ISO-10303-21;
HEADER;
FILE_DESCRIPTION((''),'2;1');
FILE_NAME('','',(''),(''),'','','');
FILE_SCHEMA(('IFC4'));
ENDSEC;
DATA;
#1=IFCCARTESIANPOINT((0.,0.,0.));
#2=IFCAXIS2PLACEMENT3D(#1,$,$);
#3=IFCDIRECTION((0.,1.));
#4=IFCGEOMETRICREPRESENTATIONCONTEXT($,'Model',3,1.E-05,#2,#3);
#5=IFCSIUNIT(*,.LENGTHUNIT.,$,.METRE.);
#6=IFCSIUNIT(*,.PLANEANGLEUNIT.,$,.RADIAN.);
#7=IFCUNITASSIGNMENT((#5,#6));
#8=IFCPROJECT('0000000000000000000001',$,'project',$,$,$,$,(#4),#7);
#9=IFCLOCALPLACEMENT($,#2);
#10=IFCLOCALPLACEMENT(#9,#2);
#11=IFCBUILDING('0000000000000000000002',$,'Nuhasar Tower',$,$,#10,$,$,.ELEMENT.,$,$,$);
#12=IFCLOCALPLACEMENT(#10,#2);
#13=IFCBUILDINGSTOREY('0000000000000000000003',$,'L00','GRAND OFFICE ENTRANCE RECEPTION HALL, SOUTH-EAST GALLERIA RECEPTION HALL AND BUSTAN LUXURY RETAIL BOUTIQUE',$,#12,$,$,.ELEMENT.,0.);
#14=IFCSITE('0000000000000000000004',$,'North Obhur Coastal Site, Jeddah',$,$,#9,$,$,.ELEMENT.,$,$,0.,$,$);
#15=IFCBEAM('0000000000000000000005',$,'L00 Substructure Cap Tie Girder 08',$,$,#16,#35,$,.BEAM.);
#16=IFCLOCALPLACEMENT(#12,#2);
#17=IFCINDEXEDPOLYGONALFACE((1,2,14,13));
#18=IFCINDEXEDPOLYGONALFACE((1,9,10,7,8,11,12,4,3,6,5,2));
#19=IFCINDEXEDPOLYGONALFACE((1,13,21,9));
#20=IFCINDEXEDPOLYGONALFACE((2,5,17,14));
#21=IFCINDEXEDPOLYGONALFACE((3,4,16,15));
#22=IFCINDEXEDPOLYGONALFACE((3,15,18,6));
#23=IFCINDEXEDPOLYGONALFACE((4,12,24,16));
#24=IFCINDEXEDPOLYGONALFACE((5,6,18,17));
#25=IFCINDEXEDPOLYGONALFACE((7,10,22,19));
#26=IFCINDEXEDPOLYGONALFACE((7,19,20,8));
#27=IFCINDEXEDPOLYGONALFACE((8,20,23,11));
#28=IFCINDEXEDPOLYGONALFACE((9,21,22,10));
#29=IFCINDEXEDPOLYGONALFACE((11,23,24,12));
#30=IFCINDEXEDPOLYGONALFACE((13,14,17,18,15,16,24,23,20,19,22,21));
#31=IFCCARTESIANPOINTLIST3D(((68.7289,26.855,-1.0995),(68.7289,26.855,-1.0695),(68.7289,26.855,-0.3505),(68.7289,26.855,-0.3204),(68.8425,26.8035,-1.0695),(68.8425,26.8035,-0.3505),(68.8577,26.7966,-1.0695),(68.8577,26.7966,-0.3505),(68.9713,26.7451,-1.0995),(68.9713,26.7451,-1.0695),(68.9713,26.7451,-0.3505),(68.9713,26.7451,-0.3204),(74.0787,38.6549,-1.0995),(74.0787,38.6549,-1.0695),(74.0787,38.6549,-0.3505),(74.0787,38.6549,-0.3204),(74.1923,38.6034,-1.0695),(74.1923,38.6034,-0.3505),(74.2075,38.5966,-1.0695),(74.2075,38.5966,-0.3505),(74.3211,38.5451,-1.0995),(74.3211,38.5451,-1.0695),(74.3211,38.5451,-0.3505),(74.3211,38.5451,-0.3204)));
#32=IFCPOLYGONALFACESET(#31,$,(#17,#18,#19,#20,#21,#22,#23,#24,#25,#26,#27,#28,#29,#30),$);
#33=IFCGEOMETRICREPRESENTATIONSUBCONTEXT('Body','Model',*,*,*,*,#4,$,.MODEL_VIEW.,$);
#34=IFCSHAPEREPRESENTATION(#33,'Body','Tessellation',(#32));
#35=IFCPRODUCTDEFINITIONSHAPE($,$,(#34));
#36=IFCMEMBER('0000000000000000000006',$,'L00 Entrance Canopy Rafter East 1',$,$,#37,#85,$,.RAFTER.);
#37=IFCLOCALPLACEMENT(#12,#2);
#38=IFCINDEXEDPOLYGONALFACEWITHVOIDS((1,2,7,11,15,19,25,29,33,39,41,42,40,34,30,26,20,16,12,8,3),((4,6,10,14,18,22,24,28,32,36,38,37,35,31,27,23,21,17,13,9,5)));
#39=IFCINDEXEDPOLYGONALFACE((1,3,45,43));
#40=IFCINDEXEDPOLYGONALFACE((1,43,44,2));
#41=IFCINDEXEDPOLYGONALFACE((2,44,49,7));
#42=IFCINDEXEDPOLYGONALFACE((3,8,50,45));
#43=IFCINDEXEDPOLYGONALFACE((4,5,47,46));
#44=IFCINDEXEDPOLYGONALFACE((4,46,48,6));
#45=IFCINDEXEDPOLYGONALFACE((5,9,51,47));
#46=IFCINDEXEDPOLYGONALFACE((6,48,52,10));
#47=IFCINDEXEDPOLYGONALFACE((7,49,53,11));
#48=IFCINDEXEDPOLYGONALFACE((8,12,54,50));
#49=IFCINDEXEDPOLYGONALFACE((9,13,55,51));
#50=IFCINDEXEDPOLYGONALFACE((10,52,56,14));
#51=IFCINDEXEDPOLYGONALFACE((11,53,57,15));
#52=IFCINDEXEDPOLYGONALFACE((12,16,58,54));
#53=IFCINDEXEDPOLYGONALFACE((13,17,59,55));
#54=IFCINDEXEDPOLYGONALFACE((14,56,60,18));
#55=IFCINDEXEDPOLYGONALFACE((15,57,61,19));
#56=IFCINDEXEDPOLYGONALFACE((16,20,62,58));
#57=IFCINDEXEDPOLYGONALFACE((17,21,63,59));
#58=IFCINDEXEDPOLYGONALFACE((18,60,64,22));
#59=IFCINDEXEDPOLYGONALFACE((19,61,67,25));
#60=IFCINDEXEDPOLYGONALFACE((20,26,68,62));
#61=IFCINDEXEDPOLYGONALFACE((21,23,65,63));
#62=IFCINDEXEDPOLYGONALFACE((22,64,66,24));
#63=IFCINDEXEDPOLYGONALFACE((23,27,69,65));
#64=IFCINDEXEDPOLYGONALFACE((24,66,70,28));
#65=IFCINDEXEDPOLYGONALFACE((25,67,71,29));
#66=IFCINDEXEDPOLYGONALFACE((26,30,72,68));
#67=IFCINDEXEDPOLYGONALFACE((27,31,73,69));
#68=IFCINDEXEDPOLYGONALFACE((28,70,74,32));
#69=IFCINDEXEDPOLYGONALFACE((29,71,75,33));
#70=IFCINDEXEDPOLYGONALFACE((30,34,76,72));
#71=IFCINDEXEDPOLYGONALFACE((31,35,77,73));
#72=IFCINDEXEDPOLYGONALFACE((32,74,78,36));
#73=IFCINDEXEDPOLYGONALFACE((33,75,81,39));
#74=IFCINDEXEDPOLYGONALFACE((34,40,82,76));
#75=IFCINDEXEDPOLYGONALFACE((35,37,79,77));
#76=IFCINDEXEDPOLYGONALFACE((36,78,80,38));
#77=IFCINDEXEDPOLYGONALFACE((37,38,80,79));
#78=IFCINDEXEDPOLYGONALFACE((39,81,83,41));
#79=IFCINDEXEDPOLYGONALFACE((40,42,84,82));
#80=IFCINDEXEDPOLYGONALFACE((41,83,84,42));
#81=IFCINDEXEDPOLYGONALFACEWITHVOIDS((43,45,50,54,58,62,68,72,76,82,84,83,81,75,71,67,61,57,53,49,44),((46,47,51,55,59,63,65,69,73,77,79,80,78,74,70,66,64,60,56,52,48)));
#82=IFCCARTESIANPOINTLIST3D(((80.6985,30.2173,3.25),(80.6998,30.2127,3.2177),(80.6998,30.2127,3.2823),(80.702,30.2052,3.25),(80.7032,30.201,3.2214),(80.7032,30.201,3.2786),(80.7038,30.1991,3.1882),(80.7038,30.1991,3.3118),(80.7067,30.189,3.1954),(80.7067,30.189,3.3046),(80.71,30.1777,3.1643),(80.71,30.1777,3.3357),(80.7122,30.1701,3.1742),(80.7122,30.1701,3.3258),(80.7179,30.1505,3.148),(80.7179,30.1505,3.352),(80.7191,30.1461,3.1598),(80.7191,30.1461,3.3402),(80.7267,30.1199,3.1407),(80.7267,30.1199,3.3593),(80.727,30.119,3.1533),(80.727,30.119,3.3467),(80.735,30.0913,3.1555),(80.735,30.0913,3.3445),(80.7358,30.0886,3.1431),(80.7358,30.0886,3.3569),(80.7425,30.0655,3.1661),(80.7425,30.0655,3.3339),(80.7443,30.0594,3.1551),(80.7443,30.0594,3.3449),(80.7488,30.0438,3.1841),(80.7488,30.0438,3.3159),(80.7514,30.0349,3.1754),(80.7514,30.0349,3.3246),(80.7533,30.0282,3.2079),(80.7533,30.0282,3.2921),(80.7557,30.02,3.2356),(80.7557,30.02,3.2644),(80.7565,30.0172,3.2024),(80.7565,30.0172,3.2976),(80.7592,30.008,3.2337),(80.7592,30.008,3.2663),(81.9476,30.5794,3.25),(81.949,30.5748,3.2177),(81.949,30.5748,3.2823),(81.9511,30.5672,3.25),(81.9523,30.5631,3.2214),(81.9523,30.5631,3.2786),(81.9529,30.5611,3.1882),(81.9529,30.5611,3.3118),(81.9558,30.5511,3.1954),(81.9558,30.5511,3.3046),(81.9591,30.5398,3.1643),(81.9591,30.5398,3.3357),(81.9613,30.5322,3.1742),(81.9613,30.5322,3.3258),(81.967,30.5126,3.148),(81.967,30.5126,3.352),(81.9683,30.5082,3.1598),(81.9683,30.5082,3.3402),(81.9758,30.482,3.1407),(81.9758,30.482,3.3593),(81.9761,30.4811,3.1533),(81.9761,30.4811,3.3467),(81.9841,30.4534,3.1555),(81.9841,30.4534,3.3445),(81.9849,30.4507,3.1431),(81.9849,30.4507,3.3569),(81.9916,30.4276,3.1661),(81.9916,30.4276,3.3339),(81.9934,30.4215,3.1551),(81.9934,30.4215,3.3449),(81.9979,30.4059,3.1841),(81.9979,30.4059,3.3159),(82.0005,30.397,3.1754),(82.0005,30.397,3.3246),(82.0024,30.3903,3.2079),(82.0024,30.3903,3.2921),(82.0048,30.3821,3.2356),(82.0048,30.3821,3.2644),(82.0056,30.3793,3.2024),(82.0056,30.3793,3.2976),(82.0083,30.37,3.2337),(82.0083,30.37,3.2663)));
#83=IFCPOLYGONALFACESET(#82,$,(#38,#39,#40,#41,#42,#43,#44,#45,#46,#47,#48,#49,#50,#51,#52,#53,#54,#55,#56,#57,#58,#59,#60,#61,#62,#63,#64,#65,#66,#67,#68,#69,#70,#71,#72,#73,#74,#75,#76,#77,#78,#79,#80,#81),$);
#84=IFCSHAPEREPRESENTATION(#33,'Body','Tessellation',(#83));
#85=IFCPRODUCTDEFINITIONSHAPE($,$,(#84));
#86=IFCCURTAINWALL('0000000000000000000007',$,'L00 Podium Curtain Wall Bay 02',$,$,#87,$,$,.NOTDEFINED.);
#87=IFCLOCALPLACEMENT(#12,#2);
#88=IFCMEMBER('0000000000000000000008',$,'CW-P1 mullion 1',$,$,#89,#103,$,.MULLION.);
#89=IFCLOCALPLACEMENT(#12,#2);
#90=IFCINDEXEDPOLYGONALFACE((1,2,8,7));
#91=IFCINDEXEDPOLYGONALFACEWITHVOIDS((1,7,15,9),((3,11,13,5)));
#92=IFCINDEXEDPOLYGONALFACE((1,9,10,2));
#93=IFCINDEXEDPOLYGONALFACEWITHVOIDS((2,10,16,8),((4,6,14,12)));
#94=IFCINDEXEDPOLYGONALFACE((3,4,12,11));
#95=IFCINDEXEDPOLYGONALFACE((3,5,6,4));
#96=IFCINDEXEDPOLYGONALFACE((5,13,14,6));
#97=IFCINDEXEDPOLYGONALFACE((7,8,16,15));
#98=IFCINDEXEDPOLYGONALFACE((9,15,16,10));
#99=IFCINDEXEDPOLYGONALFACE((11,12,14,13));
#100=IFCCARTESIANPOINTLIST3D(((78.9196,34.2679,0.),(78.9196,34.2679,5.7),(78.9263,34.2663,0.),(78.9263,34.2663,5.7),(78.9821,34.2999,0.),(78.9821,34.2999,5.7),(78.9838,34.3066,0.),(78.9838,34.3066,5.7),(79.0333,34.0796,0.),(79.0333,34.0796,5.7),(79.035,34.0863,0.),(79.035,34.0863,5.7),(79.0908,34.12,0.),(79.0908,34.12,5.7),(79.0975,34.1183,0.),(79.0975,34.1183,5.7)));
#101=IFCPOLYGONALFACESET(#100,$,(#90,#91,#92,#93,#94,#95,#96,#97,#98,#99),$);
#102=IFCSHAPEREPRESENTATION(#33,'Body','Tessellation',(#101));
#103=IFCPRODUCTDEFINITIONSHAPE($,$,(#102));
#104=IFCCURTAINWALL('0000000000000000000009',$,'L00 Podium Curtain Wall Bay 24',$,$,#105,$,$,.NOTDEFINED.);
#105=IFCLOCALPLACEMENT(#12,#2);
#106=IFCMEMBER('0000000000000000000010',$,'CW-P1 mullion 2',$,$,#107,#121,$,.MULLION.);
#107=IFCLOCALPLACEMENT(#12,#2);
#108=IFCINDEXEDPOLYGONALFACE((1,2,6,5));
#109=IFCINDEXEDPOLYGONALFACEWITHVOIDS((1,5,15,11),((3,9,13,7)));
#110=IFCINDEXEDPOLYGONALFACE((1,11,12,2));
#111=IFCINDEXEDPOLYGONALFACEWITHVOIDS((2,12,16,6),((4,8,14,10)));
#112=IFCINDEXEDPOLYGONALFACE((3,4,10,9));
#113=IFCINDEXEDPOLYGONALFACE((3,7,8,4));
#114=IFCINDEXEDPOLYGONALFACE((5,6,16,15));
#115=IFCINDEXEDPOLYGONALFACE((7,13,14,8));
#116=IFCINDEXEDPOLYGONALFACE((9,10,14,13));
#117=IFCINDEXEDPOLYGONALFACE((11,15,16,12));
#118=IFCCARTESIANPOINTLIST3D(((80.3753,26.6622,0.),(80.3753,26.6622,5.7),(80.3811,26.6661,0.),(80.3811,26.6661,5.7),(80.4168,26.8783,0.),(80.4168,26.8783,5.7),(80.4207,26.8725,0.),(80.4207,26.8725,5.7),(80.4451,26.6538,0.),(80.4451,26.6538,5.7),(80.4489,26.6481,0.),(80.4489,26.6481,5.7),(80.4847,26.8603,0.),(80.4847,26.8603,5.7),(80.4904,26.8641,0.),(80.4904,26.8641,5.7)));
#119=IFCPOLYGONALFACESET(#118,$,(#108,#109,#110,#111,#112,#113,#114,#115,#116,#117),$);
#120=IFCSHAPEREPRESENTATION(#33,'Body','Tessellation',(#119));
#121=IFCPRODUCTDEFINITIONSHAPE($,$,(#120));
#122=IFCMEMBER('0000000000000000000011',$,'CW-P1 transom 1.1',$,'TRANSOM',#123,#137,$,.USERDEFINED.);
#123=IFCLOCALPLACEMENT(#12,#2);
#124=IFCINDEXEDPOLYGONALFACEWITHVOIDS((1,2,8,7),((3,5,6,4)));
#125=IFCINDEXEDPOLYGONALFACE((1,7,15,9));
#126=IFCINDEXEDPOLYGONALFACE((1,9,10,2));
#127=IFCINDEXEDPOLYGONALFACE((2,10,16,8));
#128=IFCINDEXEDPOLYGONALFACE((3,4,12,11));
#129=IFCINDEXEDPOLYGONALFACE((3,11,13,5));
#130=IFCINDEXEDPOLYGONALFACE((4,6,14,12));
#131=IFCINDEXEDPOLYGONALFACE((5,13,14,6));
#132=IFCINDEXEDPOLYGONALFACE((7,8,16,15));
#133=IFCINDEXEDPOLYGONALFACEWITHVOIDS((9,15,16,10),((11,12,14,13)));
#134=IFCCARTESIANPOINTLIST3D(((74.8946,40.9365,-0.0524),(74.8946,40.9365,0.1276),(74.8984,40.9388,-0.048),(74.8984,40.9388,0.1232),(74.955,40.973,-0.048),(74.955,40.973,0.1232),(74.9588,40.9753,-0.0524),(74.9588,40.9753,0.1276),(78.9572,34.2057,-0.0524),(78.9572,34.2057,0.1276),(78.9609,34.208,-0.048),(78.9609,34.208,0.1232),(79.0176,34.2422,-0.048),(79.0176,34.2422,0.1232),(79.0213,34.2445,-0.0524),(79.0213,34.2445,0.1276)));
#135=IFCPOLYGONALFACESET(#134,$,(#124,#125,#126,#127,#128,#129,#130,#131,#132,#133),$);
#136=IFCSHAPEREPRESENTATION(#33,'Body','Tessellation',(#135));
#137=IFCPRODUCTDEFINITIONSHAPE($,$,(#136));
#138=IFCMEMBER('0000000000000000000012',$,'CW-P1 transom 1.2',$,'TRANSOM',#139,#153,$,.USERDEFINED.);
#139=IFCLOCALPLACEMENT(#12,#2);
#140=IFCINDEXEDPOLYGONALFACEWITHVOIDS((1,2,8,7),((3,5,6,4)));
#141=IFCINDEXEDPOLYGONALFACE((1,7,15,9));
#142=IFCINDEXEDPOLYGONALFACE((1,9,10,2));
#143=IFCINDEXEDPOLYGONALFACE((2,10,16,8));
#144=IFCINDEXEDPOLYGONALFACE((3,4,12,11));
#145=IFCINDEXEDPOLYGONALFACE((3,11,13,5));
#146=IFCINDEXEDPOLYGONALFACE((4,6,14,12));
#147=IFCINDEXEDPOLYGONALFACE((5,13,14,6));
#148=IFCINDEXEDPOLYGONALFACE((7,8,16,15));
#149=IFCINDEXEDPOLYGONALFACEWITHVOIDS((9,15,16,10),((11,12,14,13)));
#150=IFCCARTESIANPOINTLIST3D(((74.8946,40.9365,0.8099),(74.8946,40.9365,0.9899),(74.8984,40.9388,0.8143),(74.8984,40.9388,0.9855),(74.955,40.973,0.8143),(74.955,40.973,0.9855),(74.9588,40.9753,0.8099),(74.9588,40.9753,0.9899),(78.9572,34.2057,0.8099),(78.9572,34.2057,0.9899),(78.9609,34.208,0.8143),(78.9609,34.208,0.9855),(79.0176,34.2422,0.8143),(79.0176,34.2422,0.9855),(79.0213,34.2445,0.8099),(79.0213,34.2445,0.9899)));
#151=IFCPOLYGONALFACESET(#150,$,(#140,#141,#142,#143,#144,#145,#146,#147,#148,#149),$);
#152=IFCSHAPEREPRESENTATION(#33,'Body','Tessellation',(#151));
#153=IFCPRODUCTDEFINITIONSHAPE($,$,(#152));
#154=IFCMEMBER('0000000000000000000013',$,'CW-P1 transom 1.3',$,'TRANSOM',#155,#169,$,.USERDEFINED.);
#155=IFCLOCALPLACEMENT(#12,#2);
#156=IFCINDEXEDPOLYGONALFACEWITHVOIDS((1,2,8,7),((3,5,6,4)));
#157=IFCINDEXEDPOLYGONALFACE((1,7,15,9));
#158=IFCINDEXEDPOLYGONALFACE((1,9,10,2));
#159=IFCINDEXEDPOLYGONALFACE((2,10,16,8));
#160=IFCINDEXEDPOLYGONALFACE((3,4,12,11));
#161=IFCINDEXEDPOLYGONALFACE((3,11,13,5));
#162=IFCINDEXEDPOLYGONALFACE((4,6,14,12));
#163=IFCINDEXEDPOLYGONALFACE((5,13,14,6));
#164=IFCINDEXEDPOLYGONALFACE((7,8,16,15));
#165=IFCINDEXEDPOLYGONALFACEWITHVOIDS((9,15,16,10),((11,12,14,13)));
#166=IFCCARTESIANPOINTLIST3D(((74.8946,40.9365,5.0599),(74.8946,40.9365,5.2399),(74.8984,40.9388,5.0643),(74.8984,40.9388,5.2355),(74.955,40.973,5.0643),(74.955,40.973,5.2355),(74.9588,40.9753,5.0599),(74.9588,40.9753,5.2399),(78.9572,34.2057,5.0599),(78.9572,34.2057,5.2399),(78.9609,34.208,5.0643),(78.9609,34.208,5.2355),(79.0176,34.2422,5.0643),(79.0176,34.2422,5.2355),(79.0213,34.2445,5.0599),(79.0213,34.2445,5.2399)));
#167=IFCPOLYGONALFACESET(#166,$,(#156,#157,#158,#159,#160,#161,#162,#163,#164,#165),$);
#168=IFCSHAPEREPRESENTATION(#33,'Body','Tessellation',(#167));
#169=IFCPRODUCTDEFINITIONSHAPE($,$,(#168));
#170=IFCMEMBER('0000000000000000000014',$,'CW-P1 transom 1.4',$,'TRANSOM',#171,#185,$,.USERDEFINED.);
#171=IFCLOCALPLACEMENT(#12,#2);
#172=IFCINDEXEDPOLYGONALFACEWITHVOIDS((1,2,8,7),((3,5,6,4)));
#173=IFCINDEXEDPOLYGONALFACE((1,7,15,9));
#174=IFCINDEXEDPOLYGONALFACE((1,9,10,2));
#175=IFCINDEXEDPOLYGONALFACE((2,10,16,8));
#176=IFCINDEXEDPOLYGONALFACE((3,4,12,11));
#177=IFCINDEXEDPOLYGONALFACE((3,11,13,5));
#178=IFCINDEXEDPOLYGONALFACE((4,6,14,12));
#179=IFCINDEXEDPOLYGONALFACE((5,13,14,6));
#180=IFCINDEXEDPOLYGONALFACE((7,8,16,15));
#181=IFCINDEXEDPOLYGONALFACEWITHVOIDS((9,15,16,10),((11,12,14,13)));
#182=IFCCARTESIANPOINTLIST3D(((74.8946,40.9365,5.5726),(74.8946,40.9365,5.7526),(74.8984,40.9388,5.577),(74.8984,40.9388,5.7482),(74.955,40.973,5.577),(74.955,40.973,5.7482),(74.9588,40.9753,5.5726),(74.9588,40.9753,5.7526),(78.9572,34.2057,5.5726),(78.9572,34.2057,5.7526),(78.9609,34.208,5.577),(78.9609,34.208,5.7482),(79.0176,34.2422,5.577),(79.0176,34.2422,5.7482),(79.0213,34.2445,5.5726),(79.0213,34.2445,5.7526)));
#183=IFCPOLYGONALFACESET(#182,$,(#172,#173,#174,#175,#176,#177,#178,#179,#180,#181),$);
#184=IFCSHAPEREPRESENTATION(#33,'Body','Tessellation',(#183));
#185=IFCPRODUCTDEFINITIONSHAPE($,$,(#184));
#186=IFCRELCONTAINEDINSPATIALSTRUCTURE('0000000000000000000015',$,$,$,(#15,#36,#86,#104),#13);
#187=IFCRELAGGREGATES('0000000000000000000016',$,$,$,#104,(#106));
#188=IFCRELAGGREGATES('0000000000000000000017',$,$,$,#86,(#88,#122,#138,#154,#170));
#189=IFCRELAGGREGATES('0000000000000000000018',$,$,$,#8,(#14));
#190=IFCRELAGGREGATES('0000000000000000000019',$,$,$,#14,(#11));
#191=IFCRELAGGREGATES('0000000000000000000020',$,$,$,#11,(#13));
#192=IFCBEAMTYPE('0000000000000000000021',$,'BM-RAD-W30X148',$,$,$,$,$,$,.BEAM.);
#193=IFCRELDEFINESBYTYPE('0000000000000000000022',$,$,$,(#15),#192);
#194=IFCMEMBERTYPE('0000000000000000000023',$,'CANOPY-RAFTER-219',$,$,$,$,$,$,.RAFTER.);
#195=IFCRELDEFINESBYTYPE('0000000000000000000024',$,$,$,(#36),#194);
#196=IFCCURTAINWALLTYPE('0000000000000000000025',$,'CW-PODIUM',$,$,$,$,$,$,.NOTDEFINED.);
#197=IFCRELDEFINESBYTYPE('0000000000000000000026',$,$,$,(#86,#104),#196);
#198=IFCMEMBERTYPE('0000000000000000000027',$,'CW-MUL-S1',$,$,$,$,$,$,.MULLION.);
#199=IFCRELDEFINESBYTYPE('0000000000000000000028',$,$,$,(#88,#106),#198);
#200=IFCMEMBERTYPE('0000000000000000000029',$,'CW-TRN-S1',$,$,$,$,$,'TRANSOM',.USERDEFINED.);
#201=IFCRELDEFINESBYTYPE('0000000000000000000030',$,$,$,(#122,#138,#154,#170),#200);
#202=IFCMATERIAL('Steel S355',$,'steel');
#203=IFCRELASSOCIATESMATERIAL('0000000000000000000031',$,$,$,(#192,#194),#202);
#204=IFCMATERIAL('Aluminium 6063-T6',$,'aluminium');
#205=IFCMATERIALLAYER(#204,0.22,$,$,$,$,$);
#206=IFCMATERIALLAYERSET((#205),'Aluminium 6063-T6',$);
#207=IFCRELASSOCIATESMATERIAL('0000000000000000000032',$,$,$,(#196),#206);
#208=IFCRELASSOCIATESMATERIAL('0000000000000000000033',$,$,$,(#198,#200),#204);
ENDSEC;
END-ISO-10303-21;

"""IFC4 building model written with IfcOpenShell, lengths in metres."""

from ifc_helpers import new_model, si_unit, direction, frame, origin, origin_2d, place, context, subcontext, project, spatial, hollow_rectangle, hollow_circle, i_section, extrude, material, layer, layer_set, material_profile, profile_set, type_object, element, aggregate, save


model = new_model("IFC4")

# Units and contexts
model_context = context("Model", 3, precision=1e-05, world=origin(), true_north=direction((0.0, 1.0)))
body_context = subcontext(model_context, "Body", "Model", "MODEL_VIEW")
ifc_project = project(units=[si_unit("LENGTHUNIT", "METRE"), si_unit("PLANEANGLEUNIT", "RADIAN")], contexts=[model_context])

# Site, building, storey
site_placement = place(None, origin())
site = spatial("IfcSite", under=ifc_project, at=site_placement, Name="North Obhur Coastal Site, Jeddah", CompositionType="ELEMENT", RefElevation=0.0)
building_placement = place(site_placement, origin())
building = spatial("IfcBuilding", under=site, at=building_placement, Name="Nuhasar Tower", CompositionType="ELEMENT")
storey_placement = place(building_placement, origin())
storey = spatial("IfcBuildingStorey", under=building, at=storey_placement, Name="L00", Description="GRAND OFFICE ENTRANCE RECEPTION HALL, SOUTH-EAST GALLERIA RECEPTION HALL AND BUSTAN LUXURY RETAIL BOUTIQUE", CompositionType="ELEMENT", Elevation=0.0)

# Beam
ifc_material_1 = material(Name="Steel S355", Category="steel")
ifc_material_profile_1 = material_profile(ifc_material_1, i_section(OverallWidth=0.2661, OverallDepth=0.7791, WebThickness=0.0166, FlangeThickness=0.03, at=origin_2d()), Name="W30X148")
ifc_profile_set_1 = profile_set([ifc_material_profile_1], Name="Steel S355")
beam_type = type_object("IfcBeamType", Name="BM-RAD-W30X148", PredefinedType="BEAM", material=ifc_profile_set_1)
beam_placement = place(storey_placement, frame((68.8501, 26.8, -0.71), z_axis=(0.41292, 0.910767, 0.0), x_axis=(-0.910767, 0.41292, 0.0)))
element("IfcBeam", 1, at=beam_placement, inside=storey, type_object=beam_type, Name="L00 Substructure Cap Tie Girder 08", PredefinedType="BEAM", context=body_context, shape_type="SweptSolid", body=[
    extrude(i_section(OverallWidth=0.2661, OverallDepth=0.7791, WebThickness=0.0166, FlangeThickness=0.03, at=origin_2d()), origin(), (0.0, 0.0, 1.0), 12.9561),
])

# Member
ifc_material_profile_2 = material_profile(ifc_material_1, hollow_circle(Radius=0.1096, WallThickness=0.0127, at=origin_2d()), Name="HSS219.1X12.7")
ifc_profile_set_2 = profile_set([ifc_material_profile_2], Name="Steel S355")
member_type_1 = type_object("IfcMemberType", Name="CANOPY-RAFTER-219", PredefinedType="RAFTER", material=ifc_profile_set_2)
member_1_placement = place(storey_placement, frame((80.729, 30.1121, 3.25), z_axis=(0.960461, 0.278414, 0.0), x_axis=(-0.278414, 0.960461, 0.0)))
element("IfcMember", 2, at=member_1_placement, inside=storey, type_object=member_type_1, Name="L00 Entrance Canopy Rafter East 1", PredefinedType="RAFTER", context=body_context, shape_type="SweptSolid", body=[
    extrude(hollow_circle(Radius=0.1096, WallThickness=0.0127, at=origin_2d()), origin(), (0.0, 0.0, 1.0), 1.3005),
])

# Curtain walls, members
ifc_material_2 = material(Name="Aluminium 6063-T6", Category="aluminium")
ifc_layer_1 = layer(ifc_material_2, 0.22)
ifc_layer_set_1 = layer_set([ifc_layer_1], Name="Aluminium 6063-T6")
curtain_wall_type = type_object("IfcCurtainWallType", Name="CW-PODIUM", PredefinedType="NOTDEFINED", material=ifc_layer_set_1)
curtain_wall_1_placement = place(storey_placement, origin())
curtain_wall_1 = element("IfcCurtainWall", 3, at=curtain_wall_1_placement, inside=storey, type_object=curtain_wall_type, Name="L00 Podium Curtain Wall Bay 02", PredefinedType="NOTDEFINED")
ifc_material_profile_3 = material_profile(ifc_material_2, hollow_rectangle(XDim=0.075, YDim=0.22, WallThickness=0.0049, at=origin_2d()), Name="CWM-1")
ifc_profile_set_3 = profile_set([ifc_material_profile_3], Name="Aluminium 6063-T6")
member_type_2 = type_object("IfcMemberType", Name="CW-MUL-S1", PredefinedType="MULLION", material=ifc_profile_set_3)
member_2_placement = place(storey_placement, frame((79.0085, 34.1931, 0.0), z_axis=(0.0, 0.0, 1.0), x_axis=(-0.856135, -0.516752, 0.0)))
member_2 = element("IfcMember", 4, at=member_2_placement, type_object=member_type_2, Name="CW-P1 mullion 1", PredefinedType="MULLION", context=body_context, shape_type="SweptSolid", body=[
    extrude(hollow_rectangle(XDim=0.075, YDim=0.22, WallThickness=0.0049, at=origin_2d()), origin(), (0.0, 0.0, 1.0), 5.7),
])
curtain_wall_2_placement = place(storey_placement, origin())
curtain_wall_2 = element("IfcCurtainWall", 5, at=curtain_wall_2_placement, inside=storey, type_object=curtain_wall_type, Name="L00 Podium Curtain Wall Bay 24", PredefinedType="NOTDEFINED")
member_3_placement = place(storey_placement, frame((80.4329, 26.7632, 0.0), z_axis=(0.0, 0.0, 1.0), x_axis=(-0.982095, 0.188387, 0.0)))
member_3 = element("IfcMember", 6, at=member_3_placement, type_object=member_type_2, Name="CW-P1 mullion 2", PredefinedType="MULLION", context=body_context, shape_type="SweptSolid", body=[
    extrude(hollow_rectangle(XDim=0.075, YDim=0.22, WallThickness=0.0049, at=origin_2d()), origin(), (0.0, 0.0, 1.0), 5.7),
])
aggregate(curtain_wall_2, [member_3])

# Members
ifc_material_profile_4 = material_profile(ifc_material_2, hollow_rectangle(XDim=0.075, YDim=0.1799, WallThickness=0.0044, at=origin_2d()), Name="CWT-1")
ifc_profile_set_4 = profile_set([ifc_material_profile_4], Name="Aluminium 6063-T6")
member_type_3 = type_object("IfcMemberType", Name="CW-TRN-S1", ElementType="TRANSOM", PredefinedType="USERDEFINED", material=ifc_profile_set_4)
member_4_placement = place(storey_placement, frame((78.9893, 34.2251, 0.0376), z_axis=(-0.516745, 0.856139, 0.0), x_axis=(-0.856139, -0.516745, 0.0)))
member_4 = element("IfcMember", 7, at=member_4_placement, type_object=member_type_3, Name="CW-P1 transom 1.1", ObjectType="TRANSOM", PredefinedType="USERDEFINED", context=body_context, shape_type="SweptSolid", body=[
    extrude(hollow_rectangle(XDim=0.075, YDim=0.1799, WallThickness=0.0044, at=origin_2d()), origin(), (0.0, 0.0, 1.0), 7.8618),
])
member_5_placement = place(storey_placement, frame((78.9893, 34.2251, 0.8999), z_axis=(-0.516745, 0.856139, 0.0), x_axis=(-0.856139, -0.516745, 0.0)))
member_5 = element("IfcMember", 8, at=member_5_placement, type_object=member_type_3, Name="CW-P1 transom 1.2", ObjectType="TRANSOM", PredefinedType="USERDEFINED", context=body_context, shape_type="SweptSolid", body=[
    extrude(hollow_rectangle(XDim=0.075, YDim=0.1799, WallThickness=0.0044, at=origin_2d()), origin(), (0.0, 0.0, 1.0), 7.8618),
])
member_6_placement = place(storey_placement, frame((78.9893, 34.2251, 5.1499), z_axis=(-0.516745, 0.856139, 0.0), x_axis=(-0.856139, -0.516745, 0.0)))
member_6 = element("IfcMember", 9, at=member_6_placement, type_object=member_type_3, Name="CW-P1 transom 1.3", ObjectType="TRANSOM", PredefinedType="USERDEFINED", context=body_context, shape_type="SweptSolid", body=[
    extrude(hollow_rectangle(XDim=0.075, YDim=0.1799, WallThickness=0.0044, at=origin_2d()), origin(), (0.0, 0.0, 1.0), 7.8618),
])
member_7_placement = place(storey_placement, frame((78.9893, 34.2251, 5.6626), z_axis=(-0.516745, 0.856139, 0.0), x_axis=(-0.856139, -0.516745, 0.0)))
member_7 = element("IfcMember", 10, at=member_7_placement, type_object=member_type_3, Name="CW-P1 transom 1.4", ObjectType="TRANSOM", PredefinedType="USERDEFINED", context=body_context, shape_type="SweptSolid", body=[
    extrude(hollow_rectangle(XDim=0.075, YDim=0.1799, WallThickness=0.0044, at=origin_2d()), origin(), (0.0, 0.0, 1.0), 7.8618),
])
aggregate(curtain_wall_1, [member_2, member_4, member_5, member_6, member_7])

save(model, "model.ifc")
